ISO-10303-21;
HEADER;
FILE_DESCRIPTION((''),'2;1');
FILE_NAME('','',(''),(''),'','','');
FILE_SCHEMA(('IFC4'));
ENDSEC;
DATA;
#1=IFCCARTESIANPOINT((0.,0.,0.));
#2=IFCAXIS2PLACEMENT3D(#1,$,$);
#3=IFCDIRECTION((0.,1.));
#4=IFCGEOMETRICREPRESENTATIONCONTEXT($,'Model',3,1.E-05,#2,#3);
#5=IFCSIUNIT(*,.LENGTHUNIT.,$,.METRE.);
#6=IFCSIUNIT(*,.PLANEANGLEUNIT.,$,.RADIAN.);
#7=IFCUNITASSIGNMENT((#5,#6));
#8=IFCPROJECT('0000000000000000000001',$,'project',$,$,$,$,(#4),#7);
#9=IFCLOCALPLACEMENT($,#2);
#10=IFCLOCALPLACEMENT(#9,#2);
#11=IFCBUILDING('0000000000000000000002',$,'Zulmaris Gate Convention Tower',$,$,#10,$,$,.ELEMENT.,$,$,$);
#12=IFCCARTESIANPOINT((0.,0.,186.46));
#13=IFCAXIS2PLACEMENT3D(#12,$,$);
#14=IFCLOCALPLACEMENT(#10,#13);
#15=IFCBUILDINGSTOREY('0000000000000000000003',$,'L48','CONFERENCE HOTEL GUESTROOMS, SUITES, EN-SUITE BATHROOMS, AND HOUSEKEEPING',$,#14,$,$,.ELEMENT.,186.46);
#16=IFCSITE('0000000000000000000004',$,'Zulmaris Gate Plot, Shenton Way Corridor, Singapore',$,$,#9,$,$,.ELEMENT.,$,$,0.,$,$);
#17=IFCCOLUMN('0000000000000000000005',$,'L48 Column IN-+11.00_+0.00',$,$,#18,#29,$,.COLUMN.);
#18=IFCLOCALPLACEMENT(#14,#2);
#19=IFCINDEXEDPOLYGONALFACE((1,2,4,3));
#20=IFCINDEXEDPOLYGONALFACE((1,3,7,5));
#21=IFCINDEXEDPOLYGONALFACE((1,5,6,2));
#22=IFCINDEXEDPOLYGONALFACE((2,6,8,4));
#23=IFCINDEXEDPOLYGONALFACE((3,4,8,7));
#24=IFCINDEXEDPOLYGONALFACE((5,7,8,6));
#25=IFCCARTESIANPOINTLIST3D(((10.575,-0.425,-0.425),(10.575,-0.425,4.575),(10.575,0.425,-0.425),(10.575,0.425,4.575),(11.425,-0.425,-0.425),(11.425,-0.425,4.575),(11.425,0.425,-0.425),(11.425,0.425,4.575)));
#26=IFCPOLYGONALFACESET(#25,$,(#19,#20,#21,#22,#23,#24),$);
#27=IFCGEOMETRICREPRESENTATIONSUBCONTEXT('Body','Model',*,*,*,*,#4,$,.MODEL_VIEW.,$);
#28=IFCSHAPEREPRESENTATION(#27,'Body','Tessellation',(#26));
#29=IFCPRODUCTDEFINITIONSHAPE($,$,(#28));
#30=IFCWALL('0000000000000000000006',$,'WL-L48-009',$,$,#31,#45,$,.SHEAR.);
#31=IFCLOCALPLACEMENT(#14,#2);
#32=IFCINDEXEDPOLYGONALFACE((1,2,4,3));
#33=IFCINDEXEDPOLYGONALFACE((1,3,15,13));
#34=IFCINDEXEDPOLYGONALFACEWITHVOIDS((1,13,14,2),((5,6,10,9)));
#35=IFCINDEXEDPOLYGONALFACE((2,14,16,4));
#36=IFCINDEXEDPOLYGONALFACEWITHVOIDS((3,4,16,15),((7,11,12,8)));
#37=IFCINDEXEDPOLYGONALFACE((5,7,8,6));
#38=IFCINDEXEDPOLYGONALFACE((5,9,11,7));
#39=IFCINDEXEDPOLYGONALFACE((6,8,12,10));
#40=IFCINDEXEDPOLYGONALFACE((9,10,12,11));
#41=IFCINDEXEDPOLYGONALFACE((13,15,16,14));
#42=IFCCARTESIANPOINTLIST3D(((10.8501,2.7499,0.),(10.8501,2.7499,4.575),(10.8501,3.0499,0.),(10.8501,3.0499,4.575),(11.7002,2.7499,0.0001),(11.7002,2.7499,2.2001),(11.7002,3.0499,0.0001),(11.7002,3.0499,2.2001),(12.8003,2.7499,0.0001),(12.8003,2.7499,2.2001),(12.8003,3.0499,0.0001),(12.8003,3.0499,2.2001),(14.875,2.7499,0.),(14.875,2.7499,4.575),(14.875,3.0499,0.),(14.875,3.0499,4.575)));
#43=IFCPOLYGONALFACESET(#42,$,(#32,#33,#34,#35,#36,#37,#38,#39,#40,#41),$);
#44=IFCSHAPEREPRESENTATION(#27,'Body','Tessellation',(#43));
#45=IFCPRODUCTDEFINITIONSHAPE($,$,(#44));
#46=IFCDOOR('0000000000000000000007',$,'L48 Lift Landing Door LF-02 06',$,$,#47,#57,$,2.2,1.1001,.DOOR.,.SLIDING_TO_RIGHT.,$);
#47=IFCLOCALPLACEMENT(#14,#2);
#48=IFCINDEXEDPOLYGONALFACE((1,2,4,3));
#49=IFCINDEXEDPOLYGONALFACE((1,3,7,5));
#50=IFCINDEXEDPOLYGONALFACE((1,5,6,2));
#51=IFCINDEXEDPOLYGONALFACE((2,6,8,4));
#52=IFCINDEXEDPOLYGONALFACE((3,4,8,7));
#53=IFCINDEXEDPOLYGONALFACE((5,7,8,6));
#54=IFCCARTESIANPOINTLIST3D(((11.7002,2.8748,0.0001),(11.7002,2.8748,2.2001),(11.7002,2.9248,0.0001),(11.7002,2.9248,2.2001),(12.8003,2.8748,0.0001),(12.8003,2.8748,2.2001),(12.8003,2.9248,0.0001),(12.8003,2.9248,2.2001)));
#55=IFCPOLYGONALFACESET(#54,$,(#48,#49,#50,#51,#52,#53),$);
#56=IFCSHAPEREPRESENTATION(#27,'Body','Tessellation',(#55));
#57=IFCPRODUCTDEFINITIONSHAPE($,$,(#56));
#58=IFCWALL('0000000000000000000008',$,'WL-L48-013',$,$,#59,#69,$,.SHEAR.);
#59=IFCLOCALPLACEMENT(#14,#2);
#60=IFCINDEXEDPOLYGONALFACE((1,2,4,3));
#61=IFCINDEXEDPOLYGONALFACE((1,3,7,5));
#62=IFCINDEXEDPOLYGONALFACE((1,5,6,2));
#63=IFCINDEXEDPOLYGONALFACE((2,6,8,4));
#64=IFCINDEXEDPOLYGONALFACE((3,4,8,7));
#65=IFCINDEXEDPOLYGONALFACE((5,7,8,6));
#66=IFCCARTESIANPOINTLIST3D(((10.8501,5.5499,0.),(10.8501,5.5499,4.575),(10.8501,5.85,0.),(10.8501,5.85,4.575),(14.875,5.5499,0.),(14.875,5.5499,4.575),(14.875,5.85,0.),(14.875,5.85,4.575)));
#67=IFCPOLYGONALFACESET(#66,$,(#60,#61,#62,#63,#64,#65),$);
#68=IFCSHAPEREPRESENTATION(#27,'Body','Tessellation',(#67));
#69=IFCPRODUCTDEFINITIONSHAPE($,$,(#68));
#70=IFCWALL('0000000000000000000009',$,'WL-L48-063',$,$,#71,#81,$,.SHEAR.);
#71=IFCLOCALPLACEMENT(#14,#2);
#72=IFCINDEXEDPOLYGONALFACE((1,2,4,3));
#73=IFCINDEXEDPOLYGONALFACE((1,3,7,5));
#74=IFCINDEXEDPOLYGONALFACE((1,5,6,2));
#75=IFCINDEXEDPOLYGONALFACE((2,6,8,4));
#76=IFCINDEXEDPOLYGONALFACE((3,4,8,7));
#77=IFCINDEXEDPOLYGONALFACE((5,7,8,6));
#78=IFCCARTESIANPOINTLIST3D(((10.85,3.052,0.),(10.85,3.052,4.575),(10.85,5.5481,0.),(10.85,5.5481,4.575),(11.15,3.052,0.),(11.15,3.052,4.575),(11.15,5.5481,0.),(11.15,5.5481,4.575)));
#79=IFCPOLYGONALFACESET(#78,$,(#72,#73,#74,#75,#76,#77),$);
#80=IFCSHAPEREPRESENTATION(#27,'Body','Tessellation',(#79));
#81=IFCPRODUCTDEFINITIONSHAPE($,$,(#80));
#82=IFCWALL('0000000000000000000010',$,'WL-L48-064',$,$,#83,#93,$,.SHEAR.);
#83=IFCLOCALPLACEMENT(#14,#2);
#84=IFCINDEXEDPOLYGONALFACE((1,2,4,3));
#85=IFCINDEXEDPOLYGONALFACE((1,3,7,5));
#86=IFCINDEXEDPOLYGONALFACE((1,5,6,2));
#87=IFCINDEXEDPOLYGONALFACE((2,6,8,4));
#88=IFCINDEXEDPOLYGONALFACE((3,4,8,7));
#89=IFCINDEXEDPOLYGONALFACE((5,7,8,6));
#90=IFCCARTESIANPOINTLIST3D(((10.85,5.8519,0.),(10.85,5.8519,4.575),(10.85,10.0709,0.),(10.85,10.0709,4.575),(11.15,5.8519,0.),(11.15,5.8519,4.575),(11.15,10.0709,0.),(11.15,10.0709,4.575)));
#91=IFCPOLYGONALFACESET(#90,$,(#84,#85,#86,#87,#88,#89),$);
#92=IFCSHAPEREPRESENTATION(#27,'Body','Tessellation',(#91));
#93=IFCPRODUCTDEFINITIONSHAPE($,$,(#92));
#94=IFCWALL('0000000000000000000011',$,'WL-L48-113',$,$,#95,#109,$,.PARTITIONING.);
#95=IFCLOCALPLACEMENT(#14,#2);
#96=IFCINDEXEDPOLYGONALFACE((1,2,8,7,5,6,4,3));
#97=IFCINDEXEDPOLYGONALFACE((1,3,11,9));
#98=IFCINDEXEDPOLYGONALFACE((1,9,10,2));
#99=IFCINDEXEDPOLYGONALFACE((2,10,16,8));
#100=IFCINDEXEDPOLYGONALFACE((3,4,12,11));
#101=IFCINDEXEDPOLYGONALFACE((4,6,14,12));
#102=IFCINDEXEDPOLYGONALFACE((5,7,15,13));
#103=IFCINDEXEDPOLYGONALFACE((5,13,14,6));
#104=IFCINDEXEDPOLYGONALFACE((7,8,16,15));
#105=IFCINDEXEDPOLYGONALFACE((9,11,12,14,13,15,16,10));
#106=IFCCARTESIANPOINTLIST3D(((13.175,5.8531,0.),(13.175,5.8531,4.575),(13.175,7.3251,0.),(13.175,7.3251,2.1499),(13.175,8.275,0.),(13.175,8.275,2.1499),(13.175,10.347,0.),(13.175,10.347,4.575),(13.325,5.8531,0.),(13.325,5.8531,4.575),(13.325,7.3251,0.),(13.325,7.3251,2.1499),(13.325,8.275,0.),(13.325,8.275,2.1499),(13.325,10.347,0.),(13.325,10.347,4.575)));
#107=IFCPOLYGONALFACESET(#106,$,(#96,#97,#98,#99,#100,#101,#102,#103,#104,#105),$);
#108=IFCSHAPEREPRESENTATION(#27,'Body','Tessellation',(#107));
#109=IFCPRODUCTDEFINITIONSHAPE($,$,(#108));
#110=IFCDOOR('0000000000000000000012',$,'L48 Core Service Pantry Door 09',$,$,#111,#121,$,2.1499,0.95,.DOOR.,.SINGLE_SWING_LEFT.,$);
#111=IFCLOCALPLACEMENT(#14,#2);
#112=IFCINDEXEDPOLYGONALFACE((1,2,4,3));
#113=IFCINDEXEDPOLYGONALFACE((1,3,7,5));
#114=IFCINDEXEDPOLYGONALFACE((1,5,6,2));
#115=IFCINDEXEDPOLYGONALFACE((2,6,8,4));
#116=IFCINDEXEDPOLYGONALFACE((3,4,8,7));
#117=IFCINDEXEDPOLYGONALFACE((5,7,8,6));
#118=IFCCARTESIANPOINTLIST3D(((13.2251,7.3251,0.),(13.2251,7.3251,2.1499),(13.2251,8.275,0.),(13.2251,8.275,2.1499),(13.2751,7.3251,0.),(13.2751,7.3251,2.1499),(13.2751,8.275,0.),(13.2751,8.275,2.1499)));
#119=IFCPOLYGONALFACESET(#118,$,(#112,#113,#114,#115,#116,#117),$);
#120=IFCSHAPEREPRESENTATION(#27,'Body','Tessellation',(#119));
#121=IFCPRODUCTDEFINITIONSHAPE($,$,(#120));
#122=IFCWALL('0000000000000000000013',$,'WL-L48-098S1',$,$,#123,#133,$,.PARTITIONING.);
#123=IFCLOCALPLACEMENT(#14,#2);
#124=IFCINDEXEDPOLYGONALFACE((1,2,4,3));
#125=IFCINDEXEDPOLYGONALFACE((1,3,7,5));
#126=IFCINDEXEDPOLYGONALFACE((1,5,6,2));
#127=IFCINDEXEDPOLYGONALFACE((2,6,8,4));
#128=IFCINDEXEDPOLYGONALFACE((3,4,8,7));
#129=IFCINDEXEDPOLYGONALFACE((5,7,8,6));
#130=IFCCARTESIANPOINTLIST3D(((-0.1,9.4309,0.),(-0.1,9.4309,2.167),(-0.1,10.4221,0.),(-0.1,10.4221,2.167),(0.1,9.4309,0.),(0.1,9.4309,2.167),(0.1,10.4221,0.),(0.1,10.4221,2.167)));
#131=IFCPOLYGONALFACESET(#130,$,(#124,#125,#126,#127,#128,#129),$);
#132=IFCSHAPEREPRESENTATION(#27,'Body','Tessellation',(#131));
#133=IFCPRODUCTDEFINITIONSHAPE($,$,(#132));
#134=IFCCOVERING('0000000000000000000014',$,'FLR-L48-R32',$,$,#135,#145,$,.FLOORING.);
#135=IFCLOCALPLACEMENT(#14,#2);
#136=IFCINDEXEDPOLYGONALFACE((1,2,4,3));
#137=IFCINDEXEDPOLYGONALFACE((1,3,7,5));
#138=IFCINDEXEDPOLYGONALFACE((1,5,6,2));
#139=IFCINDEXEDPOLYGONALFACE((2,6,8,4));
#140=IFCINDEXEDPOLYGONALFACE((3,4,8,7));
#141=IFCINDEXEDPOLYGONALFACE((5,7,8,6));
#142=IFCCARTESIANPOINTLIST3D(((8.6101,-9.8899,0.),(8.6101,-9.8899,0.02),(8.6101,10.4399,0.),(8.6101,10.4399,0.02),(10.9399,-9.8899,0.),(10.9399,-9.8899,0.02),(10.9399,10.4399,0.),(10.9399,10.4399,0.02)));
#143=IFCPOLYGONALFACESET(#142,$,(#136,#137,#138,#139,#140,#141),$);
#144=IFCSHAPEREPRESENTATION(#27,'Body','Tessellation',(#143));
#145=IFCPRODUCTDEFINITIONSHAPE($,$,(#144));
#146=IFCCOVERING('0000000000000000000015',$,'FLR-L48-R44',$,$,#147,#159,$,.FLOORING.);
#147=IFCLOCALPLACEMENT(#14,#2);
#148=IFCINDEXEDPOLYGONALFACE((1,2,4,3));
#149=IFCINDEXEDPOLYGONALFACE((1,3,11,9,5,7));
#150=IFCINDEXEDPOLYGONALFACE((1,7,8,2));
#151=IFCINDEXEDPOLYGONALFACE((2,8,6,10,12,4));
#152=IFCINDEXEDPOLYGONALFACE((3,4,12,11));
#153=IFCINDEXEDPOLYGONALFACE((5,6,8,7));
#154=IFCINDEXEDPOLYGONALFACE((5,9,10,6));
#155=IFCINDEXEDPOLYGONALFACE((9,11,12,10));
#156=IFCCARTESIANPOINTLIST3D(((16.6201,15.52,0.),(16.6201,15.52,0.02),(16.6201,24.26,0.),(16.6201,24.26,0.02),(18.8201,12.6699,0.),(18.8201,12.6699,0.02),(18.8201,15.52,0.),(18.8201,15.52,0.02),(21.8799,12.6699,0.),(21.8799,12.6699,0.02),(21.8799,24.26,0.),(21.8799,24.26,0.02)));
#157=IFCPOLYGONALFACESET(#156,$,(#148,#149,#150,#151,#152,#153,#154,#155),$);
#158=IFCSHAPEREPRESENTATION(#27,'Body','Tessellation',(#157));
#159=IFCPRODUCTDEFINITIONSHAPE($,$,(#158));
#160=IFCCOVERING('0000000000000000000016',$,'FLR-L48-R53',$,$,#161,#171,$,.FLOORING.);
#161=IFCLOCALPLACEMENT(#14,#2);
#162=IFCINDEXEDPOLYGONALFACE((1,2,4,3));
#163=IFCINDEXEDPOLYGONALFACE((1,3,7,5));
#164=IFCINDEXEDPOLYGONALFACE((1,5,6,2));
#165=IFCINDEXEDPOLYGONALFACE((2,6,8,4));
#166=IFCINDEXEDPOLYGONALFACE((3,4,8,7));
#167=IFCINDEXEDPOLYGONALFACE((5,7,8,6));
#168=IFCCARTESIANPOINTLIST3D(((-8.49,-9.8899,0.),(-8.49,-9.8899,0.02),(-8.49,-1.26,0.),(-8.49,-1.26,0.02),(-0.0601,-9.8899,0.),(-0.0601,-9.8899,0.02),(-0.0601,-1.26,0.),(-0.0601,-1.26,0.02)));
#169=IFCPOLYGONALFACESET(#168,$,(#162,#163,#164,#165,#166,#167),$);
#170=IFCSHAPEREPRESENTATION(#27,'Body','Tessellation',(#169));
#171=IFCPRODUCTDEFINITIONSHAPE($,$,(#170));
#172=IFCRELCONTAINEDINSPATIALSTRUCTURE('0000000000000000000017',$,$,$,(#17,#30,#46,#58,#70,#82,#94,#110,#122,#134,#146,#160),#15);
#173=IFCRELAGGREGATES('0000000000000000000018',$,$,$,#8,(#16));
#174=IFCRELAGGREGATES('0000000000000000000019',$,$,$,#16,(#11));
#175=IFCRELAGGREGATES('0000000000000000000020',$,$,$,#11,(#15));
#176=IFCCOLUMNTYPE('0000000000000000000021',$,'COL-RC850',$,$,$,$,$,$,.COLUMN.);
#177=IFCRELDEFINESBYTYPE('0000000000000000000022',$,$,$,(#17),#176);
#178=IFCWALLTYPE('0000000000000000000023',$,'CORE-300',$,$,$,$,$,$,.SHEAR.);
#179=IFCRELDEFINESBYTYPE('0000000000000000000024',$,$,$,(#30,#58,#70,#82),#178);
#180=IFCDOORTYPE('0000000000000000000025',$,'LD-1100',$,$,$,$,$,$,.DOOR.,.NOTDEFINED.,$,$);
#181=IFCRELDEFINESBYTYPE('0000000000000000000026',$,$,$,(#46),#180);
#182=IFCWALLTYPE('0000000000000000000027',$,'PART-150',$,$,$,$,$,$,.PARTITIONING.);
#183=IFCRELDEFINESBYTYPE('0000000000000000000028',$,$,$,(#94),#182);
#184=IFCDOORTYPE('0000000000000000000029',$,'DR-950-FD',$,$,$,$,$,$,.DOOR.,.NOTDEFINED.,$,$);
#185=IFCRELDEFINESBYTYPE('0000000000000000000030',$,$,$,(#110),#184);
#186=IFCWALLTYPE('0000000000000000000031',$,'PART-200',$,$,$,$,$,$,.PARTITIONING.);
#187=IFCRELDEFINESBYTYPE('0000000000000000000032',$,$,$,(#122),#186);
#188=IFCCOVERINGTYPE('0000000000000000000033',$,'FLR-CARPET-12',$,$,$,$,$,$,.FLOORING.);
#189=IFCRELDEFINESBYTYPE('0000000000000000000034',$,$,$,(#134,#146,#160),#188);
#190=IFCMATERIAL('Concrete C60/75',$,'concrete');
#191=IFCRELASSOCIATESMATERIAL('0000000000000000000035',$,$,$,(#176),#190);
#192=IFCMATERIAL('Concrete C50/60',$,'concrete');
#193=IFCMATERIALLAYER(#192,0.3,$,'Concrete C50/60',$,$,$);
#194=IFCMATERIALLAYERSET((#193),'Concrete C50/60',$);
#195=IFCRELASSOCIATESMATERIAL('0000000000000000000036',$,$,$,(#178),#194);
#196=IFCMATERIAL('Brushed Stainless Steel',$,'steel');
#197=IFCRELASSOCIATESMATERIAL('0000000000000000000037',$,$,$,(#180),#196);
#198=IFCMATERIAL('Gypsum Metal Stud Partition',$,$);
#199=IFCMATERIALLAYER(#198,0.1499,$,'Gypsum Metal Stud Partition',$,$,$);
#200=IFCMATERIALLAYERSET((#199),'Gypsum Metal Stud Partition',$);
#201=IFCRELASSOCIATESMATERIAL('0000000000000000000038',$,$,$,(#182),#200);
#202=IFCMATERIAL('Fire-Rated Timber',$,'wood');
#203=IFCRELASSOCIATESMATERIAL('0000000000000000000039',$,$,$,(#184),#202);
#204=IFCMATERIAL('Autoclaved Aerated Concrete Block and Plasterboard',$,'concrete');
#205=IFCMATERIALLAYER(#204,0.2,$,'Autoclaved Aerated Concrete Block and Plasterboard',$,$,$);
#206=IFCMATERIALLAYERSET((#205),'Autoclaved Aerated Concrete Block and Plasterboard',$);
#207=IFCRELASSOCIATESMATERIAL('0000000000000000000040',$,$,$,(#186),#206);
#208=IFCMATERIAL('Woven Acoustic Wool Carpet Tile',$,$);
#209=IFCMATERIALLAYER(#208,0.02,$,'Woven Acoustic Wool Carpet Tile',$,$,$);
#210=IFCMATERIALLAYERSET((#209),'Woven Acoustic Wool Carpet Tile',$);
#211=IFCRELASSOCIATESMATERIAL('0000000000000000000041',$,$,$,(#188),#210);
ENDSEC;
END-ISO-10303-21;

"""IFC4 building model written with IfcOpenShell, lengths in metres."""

from ifc_helpers import new_model, si_unit, direction, frame, frame_2d, origin, origin_2d, place, context, subcontext, project, spatial, polyline, rectangle, outline, extrude, material, layer, layer_set, material_profile, profile_set, type_object, element, fill, save


model = new_model("IFC4")

# Units and contexts
model_context = context("Model", 3, precision=1e-05, world=origin(), true_north=direction((0.0, 1.0)))
body_context = subcontext(model_context, "Body", "Model", "MODEL_VIEW")
ifc_project = project(units=[si_unit("LENGTHUNIT", "METRE"), si_unit("PLANEANGLEUNIT", "RADIAN")], contexts=[model_context])

# Site, building, storey
site_placement = place(None, origin())
site = spatial("IfcSite", under=ifc_project, at=site_placement, Name="Zulmaris Gate Plot, Shenton Way Corridor, Singapore", CompositionType="ELEMENT", RefElevation=0.0)
building_placement = place(site_placement, origin())
building = spatial("IfcBuilding", under=site, at=building_placement, Name="Zulmaris Gate Convention Tower", CompositionType="ELEMENT")
storey_placement = place(building_placement, frame((0.0, 0.0, 186.46)))
storey = spatial("IfcBuildingStorey", under=building, at=storey_placement, Name="L48", Description="CONFERENCE HOTEL GUESTROOMS, SUITES, EN-SUITE BATHROOMS, AND HOUSEKEEPING", CompositionType="ELEMENT", Elevation=186.46)

# Column
ifc_material_1 = material(Name="Concrete C60/75", Category="concrete")
ifc_material_profile = material_profile(ifc_material_1, rectangle(XDim=0.8501, YDim=0.8501, at=origin_2d()), Name="RC COL 850x850")
ifc_profile_set = profile_set([ifc_material_profile], Name="Concrete C60/75")
column_type = type_object("IfcColumnType", Name="COL-RC850", PredefinedType="COLUMN", material=ifc_profile_set)
column_placement = place(storey_placement, frame((11.0, 0.0, -0.425), z_axis=(0.0, 0.0, 1.0), x_axis=(1.0, 0.0, 0.0)))
element("IfcColumn", 1, at=column_placement, inside=storey, type_object=column_type, Name="L48 Column IN-+11.00_+0.00", PredefinedType="COLUMN", context=body_context, shape_type="SweptSolid", body=[
    extrude(rectangle(XDim=0.8501, YDim=0.8501, at=origin_2d()), origin(), (0.0, 0.0, 1.0), 5.0),
])

# Wall, opening, door
ifc_material_2 = material(Name="Concrete C50/60", Category="concrete")
ifc_layer_1 = layer(ifc_material_2, 0.3, Name="Concrete C50/60")
ifc_layer_set_1 = layer_set([ifc_layer_1], Name="Concrete C50/60")
wall_type_1 = type_object("IfcWallType", Name="CORE-300", PredefinedType="SHEAR", material=ifc_layer_set_1)
wall_1_placement = place(storey_placement, frame((10.8501, 2.8999, 0.0), z_axis=(0.0, 0.0, 1.0), x_axis=(1.0, 0.0, 0.0)))
wall_1 = element("IfcWall", 2, at=wall_1_placement, inside=storey, type_object=wall_type_1, Name="WL-L48-009", PredefinedType="SHEAR", context=body_context, shape_type="SweptSolid", body=[
    extrude(rectangle(XDim=4.0249, YDim=0.3, at=frame_2d((2.0125, 0.0))), origin(), (0.0, 0.0, 1.0), 4.575),
])
opening_1_placement = place(wall_1_placement, frame((0.8501, 0.0, 0.0)))
opening_1 = element("IfcOpeningElement", 3, at=opening_1_placement, cuts=wall_1, PredefinedType="OPENING", context=body_context, shape_type="SweptSolid", body=[
    extrude(rectangle(XDim=1.1001, YDim=2.2, at=frame_2d((0.55, 1.1001))), frame((0.0, 0.1602, 0.0), z_axis=(0.0, -1.0, 0.0), x_axis=(1.0, 0.0, 0.0)), (0.0, 0.0, 1.0), 0.3201),
])
ifc_material_3 = material(Name="Brushed Stainless Steel", Category="steel")
door_type_1 = type_object("IfcDoorType", Name="LD-1100", OperationType="NOTDEFINED", PredefinedType="DOOR", material=ifc_material_3)
door_1_placement = place(opening_1_placement, origin())
door_1 = element("IfcDoor", 4, at=door_1_placement, inside=storey, type_object=door_type_1, Name="L48 Lift Landing Door LF-02 06", OperationType="SLIDING_TO_RIGHT", OverallHeight=2.2, OverallWidth=1.1001, PredefinedType="DOOR", context=body_context, shape_type="SweptSolid", body=[
    extrude(rectangle(XDim=1.1001, YDim=2.2, at=frame_2d((0.55, 1.1001))), frame((0.0, 0.0249, 0.0), z_axis=(0.0, -1.0, 0.0), x_axis=(1.0, 0.0, 0.0)), (0.0, 0.0, 1.0), 0.05),
])
fill(opening_1, door_1)

# Wall
wall_2_placement = place(storey_placement, frame((10.8501, 5.7, 0.0), z_axis=(0.0, 0.0, 1.0), x_axis=(1.0, 0.0, 0.0)))
element("IfcWall", 5, at=wall_2_placement, inside=storey, type_object=wall_type_1, Name="WL-L48-013", PredefinedType="SHEAR", context=body_context, shape_type="SweptSolid", body=[
    extrude(rectangle(XDim=4.0249, YDim=0.3, at=frame_2d((2.0125, 0.0))), origin(), (0.0, 0.0, 1.0), 4.575),
])

# Walls
wall_3_placement = place(storey_placement, frame((11.0, 3.052, 0.0), z_axis=(0.0, 0.0, 1.0), x_axis=(0.0, 1.0, 0.0)))
element("IfcWall", 6, at=wall_3_placement, inside=storey, type_object=wall_type_1, Name="WL-L48-063", PredefinedType="SHEAR", context=body_context, shape_type="SweptSolid", body=[
    extrude(rectangle(XDim=2.4961, YDim=0.3, at=frame_2d((1.248, 0.0))), origin(), (0.0, 0.0, 1.0), 4.575),
])
wall_4_placement = place(storey_placement, frame((11.0, 5.8521, 0.0), z_axis=(0.0, 0.0, 1.0), x_axis=(0.0, 1.0, 0.0)))
element("IfcWall", 7, at=wall_4_placement, inside=storey, type_object=wall_type_1, Name="WL-L48-064", PredefinedType="SHEAR", context=body_context, shape_type="SweptSolid", body=[
    extrude(rectangle(XDim=4.219, YDim=0.3, at=frame_2d((2.1094, 0.0))), origin(), (0.0, 0.0, 1.0), 4.575),
])

# Wall, opening, door
ifc_material_4 = material(Name="Gypsum Metal Stud Partition")
ifc_layer_2 = layer(ifc_material_4, 0.1499, Name="Gypsum Metal Stud Partition")
ifc_layer_set_2 = layer_set([ifc_layer_2], Name="Gypsum Metal Stud Partition")
wall_type_2 = type_object("IfcWallType", Name="PART-150", PredefinedType="PARTITIONING", material=ifc_layer_set_2)
wall_5_placement = place(storey_placement, frame((13.25, 5.853, 0.0), z_axis=(0.0, 0.0, 1.0), x_axis=(0.0, 1.0, 0.0)))
wall_5 = element("IfcWall", 8, at=wall_5_placement, inside=storey, type_object=wall_type_2, Name="WL-L48-113", PredefinedType="PARTITIONING", context=body_context, shape_type="SweptSolid", body=[
    extrude(rectangle(XDim=4.4939, YDim=0.1499, at=frame_2d((2.2471, 0.0))), origin(), (0.0, 0.0, 1.0), 4.575),
])
opening_2_placement = place(wall_5_placement, frame((1.4719, 0.0, 0.0)))
opening_2 = element("IfcOpeningElement", 9, at=opening_2_placement, cuts=wall_5, PredefinedType="OPENING", context=body_context, shape_type="SweptSolid", body=[
    extrude(rectangle(XDim=0.95, YDim=2.1499, at=frame_2d((0.4751, 1.075))), frame((0.0, 0.085, 0.0), z_axis=(0.0, -1.0, 0.0), x_axis=(1.0, 0.0, 0.0)), (0.0, 0.0, 1.0), 0.1699),
])
ifc_material_5 = material(Name="Fire-Rated Timber", Category="wood")
door_type_2 = type_object("IfcDoorType", Name="DR-950-FD", OperationType="NOTDEFINED", PredefinedType="DOOR", material=ifc_material_5)
door_2_placement = place(opening_2_placement, origin())
door_2 = element("IfcDoor", 10, at=door_2_placement, inside=storey, type_object=door_type_2, Name="L48 Core Service Pantry Door 09", OperationType="SINGLE_SWING_LEFT", OverallHeight=2.1499, OverallWidth=0.95, PredefinedType="DOOR", context=body_context, shape_type="SweptSolid", body=[
    extrude(rectangle(XDim=0.95, YDim=2.1499, at=frame_2d((0.4751, 1.075))), frame((0.0, 0.0249, 0.0), z_axis=(0.0, -1.0, 0.0), x_axis=(1.0, 0.0, 0.0)), (0.0, 0.0, 1.0), 0.05),
])
fill(opening_2, door_2)

# Wall
ifc_material_6 = material(Name="Autoclaved Aerated Concrete Block and Plasterboard", Category="concrete")
ifc_layer_3 = layer(ifc_material_6, 0.2, Name="Autoclaved Aerated Concrete Block and Plasterboard")
ifc_layer_set_3 = layer_set([ifc_layer_3], Name="Autoclaved Aerated Concrete Block and Plasterboard")
wall_type_3 = type_object("IfcWallType", Name="PART-200", PredefinedType="PARTITIONING", material=ifc_layer_set_3)
wall_6_placement = place(storey_placement, frame((0.0, 9.4309, 0.0), z_axis=(0.0, 0.0, 1.0), x_axis=(0.0, 1.0, 0.0)))
element("IfcWall", 11, at=wall_6_placement, inside=storey, type_object=wall_type_3, Name="WL-L48-098S1", PredefinedType="PARTITIONING", context=body_context, shape_type="SweptSolid", body=[
    extrude(rectangle(XDim=0.9912, YDim=0.2, at=frame_2d((0.4956, 0.0))), origin(), (0.0, 0.0, 1.0), 2.167),
])

# Coverings
ifc_material_7 = material(Name="Woven Acoustic Wool Carpet Tile")
ifc_layer_4 = layer(ifc_material_7, 0.02, Name="Woven Acoustic Wool Carpet Tile")
ifc_layer_set_4 = layer_set([ifc_layer_4], Name="Woven Acoustic Wool Carpet Tile")
covering_type_1 = type_object("IfcCoveringType", Name="FLR-CARPET-12", PredefinedType="FLOORING", material=ifc_layer_set_4)
covering_1_placement = place(storey_placement, origin())
element("IfcCovering", 12, at=covering_1_placement, inside=storey, type_object=covering_type_1, Name="FLR-L48-R32", PredefinedType="FLOORING", context=body_context, shape_type="SweptSolid", body=[
    extrude(outline(polyline([(8.6101, -9.8899), (10.9399, -9.8899), (10.9399, 10.4399), (8.6101, 10.4399), (8.6101, -9.8899)])), origin(), (0.0, 0.0, 1.0), 0.02),
])
covering_2_placement = place(storey_placement, origin())
element("IfcCovering", 13, at=covering_2_placement, inside=storey, type_object=covering_type_1, Name="FLR-L48-R44", PredefinedType="FLOORING", context=body_context, shape_type="SweptSolid", body=[
    extrude(outline(polyline([(18.8201, 12.6699), (21.8799, 12.6699), (21.8799, 24.26), (16.6201, 24.26), (16.6201, 15.52), (18.8201, 15.52), (18.8201, 12.6699)])), origin(), (0.0, 0.0, 1.0), 0.02),
])
covering_3_placement = place(storey_placement, origin())
element("IfcCovering", 14, at=covering_3_placement, inside=storey, type_object=covering_type_1, Name="FLR-L48-R53", PredefinedType="FLOORING", context=body_context, shape_type="SweptSolid", body=[
    extrude(outline(polyline([(-8.49, -9.8899), (-0.0601, -9.8899), (-0.0601, -1.26), (-8.49, -1.26), (-8.49, -9.8899)])), origin(), (0.0, 0.0, 1.0), 0.02),
])

save(model, "model.ifc")
